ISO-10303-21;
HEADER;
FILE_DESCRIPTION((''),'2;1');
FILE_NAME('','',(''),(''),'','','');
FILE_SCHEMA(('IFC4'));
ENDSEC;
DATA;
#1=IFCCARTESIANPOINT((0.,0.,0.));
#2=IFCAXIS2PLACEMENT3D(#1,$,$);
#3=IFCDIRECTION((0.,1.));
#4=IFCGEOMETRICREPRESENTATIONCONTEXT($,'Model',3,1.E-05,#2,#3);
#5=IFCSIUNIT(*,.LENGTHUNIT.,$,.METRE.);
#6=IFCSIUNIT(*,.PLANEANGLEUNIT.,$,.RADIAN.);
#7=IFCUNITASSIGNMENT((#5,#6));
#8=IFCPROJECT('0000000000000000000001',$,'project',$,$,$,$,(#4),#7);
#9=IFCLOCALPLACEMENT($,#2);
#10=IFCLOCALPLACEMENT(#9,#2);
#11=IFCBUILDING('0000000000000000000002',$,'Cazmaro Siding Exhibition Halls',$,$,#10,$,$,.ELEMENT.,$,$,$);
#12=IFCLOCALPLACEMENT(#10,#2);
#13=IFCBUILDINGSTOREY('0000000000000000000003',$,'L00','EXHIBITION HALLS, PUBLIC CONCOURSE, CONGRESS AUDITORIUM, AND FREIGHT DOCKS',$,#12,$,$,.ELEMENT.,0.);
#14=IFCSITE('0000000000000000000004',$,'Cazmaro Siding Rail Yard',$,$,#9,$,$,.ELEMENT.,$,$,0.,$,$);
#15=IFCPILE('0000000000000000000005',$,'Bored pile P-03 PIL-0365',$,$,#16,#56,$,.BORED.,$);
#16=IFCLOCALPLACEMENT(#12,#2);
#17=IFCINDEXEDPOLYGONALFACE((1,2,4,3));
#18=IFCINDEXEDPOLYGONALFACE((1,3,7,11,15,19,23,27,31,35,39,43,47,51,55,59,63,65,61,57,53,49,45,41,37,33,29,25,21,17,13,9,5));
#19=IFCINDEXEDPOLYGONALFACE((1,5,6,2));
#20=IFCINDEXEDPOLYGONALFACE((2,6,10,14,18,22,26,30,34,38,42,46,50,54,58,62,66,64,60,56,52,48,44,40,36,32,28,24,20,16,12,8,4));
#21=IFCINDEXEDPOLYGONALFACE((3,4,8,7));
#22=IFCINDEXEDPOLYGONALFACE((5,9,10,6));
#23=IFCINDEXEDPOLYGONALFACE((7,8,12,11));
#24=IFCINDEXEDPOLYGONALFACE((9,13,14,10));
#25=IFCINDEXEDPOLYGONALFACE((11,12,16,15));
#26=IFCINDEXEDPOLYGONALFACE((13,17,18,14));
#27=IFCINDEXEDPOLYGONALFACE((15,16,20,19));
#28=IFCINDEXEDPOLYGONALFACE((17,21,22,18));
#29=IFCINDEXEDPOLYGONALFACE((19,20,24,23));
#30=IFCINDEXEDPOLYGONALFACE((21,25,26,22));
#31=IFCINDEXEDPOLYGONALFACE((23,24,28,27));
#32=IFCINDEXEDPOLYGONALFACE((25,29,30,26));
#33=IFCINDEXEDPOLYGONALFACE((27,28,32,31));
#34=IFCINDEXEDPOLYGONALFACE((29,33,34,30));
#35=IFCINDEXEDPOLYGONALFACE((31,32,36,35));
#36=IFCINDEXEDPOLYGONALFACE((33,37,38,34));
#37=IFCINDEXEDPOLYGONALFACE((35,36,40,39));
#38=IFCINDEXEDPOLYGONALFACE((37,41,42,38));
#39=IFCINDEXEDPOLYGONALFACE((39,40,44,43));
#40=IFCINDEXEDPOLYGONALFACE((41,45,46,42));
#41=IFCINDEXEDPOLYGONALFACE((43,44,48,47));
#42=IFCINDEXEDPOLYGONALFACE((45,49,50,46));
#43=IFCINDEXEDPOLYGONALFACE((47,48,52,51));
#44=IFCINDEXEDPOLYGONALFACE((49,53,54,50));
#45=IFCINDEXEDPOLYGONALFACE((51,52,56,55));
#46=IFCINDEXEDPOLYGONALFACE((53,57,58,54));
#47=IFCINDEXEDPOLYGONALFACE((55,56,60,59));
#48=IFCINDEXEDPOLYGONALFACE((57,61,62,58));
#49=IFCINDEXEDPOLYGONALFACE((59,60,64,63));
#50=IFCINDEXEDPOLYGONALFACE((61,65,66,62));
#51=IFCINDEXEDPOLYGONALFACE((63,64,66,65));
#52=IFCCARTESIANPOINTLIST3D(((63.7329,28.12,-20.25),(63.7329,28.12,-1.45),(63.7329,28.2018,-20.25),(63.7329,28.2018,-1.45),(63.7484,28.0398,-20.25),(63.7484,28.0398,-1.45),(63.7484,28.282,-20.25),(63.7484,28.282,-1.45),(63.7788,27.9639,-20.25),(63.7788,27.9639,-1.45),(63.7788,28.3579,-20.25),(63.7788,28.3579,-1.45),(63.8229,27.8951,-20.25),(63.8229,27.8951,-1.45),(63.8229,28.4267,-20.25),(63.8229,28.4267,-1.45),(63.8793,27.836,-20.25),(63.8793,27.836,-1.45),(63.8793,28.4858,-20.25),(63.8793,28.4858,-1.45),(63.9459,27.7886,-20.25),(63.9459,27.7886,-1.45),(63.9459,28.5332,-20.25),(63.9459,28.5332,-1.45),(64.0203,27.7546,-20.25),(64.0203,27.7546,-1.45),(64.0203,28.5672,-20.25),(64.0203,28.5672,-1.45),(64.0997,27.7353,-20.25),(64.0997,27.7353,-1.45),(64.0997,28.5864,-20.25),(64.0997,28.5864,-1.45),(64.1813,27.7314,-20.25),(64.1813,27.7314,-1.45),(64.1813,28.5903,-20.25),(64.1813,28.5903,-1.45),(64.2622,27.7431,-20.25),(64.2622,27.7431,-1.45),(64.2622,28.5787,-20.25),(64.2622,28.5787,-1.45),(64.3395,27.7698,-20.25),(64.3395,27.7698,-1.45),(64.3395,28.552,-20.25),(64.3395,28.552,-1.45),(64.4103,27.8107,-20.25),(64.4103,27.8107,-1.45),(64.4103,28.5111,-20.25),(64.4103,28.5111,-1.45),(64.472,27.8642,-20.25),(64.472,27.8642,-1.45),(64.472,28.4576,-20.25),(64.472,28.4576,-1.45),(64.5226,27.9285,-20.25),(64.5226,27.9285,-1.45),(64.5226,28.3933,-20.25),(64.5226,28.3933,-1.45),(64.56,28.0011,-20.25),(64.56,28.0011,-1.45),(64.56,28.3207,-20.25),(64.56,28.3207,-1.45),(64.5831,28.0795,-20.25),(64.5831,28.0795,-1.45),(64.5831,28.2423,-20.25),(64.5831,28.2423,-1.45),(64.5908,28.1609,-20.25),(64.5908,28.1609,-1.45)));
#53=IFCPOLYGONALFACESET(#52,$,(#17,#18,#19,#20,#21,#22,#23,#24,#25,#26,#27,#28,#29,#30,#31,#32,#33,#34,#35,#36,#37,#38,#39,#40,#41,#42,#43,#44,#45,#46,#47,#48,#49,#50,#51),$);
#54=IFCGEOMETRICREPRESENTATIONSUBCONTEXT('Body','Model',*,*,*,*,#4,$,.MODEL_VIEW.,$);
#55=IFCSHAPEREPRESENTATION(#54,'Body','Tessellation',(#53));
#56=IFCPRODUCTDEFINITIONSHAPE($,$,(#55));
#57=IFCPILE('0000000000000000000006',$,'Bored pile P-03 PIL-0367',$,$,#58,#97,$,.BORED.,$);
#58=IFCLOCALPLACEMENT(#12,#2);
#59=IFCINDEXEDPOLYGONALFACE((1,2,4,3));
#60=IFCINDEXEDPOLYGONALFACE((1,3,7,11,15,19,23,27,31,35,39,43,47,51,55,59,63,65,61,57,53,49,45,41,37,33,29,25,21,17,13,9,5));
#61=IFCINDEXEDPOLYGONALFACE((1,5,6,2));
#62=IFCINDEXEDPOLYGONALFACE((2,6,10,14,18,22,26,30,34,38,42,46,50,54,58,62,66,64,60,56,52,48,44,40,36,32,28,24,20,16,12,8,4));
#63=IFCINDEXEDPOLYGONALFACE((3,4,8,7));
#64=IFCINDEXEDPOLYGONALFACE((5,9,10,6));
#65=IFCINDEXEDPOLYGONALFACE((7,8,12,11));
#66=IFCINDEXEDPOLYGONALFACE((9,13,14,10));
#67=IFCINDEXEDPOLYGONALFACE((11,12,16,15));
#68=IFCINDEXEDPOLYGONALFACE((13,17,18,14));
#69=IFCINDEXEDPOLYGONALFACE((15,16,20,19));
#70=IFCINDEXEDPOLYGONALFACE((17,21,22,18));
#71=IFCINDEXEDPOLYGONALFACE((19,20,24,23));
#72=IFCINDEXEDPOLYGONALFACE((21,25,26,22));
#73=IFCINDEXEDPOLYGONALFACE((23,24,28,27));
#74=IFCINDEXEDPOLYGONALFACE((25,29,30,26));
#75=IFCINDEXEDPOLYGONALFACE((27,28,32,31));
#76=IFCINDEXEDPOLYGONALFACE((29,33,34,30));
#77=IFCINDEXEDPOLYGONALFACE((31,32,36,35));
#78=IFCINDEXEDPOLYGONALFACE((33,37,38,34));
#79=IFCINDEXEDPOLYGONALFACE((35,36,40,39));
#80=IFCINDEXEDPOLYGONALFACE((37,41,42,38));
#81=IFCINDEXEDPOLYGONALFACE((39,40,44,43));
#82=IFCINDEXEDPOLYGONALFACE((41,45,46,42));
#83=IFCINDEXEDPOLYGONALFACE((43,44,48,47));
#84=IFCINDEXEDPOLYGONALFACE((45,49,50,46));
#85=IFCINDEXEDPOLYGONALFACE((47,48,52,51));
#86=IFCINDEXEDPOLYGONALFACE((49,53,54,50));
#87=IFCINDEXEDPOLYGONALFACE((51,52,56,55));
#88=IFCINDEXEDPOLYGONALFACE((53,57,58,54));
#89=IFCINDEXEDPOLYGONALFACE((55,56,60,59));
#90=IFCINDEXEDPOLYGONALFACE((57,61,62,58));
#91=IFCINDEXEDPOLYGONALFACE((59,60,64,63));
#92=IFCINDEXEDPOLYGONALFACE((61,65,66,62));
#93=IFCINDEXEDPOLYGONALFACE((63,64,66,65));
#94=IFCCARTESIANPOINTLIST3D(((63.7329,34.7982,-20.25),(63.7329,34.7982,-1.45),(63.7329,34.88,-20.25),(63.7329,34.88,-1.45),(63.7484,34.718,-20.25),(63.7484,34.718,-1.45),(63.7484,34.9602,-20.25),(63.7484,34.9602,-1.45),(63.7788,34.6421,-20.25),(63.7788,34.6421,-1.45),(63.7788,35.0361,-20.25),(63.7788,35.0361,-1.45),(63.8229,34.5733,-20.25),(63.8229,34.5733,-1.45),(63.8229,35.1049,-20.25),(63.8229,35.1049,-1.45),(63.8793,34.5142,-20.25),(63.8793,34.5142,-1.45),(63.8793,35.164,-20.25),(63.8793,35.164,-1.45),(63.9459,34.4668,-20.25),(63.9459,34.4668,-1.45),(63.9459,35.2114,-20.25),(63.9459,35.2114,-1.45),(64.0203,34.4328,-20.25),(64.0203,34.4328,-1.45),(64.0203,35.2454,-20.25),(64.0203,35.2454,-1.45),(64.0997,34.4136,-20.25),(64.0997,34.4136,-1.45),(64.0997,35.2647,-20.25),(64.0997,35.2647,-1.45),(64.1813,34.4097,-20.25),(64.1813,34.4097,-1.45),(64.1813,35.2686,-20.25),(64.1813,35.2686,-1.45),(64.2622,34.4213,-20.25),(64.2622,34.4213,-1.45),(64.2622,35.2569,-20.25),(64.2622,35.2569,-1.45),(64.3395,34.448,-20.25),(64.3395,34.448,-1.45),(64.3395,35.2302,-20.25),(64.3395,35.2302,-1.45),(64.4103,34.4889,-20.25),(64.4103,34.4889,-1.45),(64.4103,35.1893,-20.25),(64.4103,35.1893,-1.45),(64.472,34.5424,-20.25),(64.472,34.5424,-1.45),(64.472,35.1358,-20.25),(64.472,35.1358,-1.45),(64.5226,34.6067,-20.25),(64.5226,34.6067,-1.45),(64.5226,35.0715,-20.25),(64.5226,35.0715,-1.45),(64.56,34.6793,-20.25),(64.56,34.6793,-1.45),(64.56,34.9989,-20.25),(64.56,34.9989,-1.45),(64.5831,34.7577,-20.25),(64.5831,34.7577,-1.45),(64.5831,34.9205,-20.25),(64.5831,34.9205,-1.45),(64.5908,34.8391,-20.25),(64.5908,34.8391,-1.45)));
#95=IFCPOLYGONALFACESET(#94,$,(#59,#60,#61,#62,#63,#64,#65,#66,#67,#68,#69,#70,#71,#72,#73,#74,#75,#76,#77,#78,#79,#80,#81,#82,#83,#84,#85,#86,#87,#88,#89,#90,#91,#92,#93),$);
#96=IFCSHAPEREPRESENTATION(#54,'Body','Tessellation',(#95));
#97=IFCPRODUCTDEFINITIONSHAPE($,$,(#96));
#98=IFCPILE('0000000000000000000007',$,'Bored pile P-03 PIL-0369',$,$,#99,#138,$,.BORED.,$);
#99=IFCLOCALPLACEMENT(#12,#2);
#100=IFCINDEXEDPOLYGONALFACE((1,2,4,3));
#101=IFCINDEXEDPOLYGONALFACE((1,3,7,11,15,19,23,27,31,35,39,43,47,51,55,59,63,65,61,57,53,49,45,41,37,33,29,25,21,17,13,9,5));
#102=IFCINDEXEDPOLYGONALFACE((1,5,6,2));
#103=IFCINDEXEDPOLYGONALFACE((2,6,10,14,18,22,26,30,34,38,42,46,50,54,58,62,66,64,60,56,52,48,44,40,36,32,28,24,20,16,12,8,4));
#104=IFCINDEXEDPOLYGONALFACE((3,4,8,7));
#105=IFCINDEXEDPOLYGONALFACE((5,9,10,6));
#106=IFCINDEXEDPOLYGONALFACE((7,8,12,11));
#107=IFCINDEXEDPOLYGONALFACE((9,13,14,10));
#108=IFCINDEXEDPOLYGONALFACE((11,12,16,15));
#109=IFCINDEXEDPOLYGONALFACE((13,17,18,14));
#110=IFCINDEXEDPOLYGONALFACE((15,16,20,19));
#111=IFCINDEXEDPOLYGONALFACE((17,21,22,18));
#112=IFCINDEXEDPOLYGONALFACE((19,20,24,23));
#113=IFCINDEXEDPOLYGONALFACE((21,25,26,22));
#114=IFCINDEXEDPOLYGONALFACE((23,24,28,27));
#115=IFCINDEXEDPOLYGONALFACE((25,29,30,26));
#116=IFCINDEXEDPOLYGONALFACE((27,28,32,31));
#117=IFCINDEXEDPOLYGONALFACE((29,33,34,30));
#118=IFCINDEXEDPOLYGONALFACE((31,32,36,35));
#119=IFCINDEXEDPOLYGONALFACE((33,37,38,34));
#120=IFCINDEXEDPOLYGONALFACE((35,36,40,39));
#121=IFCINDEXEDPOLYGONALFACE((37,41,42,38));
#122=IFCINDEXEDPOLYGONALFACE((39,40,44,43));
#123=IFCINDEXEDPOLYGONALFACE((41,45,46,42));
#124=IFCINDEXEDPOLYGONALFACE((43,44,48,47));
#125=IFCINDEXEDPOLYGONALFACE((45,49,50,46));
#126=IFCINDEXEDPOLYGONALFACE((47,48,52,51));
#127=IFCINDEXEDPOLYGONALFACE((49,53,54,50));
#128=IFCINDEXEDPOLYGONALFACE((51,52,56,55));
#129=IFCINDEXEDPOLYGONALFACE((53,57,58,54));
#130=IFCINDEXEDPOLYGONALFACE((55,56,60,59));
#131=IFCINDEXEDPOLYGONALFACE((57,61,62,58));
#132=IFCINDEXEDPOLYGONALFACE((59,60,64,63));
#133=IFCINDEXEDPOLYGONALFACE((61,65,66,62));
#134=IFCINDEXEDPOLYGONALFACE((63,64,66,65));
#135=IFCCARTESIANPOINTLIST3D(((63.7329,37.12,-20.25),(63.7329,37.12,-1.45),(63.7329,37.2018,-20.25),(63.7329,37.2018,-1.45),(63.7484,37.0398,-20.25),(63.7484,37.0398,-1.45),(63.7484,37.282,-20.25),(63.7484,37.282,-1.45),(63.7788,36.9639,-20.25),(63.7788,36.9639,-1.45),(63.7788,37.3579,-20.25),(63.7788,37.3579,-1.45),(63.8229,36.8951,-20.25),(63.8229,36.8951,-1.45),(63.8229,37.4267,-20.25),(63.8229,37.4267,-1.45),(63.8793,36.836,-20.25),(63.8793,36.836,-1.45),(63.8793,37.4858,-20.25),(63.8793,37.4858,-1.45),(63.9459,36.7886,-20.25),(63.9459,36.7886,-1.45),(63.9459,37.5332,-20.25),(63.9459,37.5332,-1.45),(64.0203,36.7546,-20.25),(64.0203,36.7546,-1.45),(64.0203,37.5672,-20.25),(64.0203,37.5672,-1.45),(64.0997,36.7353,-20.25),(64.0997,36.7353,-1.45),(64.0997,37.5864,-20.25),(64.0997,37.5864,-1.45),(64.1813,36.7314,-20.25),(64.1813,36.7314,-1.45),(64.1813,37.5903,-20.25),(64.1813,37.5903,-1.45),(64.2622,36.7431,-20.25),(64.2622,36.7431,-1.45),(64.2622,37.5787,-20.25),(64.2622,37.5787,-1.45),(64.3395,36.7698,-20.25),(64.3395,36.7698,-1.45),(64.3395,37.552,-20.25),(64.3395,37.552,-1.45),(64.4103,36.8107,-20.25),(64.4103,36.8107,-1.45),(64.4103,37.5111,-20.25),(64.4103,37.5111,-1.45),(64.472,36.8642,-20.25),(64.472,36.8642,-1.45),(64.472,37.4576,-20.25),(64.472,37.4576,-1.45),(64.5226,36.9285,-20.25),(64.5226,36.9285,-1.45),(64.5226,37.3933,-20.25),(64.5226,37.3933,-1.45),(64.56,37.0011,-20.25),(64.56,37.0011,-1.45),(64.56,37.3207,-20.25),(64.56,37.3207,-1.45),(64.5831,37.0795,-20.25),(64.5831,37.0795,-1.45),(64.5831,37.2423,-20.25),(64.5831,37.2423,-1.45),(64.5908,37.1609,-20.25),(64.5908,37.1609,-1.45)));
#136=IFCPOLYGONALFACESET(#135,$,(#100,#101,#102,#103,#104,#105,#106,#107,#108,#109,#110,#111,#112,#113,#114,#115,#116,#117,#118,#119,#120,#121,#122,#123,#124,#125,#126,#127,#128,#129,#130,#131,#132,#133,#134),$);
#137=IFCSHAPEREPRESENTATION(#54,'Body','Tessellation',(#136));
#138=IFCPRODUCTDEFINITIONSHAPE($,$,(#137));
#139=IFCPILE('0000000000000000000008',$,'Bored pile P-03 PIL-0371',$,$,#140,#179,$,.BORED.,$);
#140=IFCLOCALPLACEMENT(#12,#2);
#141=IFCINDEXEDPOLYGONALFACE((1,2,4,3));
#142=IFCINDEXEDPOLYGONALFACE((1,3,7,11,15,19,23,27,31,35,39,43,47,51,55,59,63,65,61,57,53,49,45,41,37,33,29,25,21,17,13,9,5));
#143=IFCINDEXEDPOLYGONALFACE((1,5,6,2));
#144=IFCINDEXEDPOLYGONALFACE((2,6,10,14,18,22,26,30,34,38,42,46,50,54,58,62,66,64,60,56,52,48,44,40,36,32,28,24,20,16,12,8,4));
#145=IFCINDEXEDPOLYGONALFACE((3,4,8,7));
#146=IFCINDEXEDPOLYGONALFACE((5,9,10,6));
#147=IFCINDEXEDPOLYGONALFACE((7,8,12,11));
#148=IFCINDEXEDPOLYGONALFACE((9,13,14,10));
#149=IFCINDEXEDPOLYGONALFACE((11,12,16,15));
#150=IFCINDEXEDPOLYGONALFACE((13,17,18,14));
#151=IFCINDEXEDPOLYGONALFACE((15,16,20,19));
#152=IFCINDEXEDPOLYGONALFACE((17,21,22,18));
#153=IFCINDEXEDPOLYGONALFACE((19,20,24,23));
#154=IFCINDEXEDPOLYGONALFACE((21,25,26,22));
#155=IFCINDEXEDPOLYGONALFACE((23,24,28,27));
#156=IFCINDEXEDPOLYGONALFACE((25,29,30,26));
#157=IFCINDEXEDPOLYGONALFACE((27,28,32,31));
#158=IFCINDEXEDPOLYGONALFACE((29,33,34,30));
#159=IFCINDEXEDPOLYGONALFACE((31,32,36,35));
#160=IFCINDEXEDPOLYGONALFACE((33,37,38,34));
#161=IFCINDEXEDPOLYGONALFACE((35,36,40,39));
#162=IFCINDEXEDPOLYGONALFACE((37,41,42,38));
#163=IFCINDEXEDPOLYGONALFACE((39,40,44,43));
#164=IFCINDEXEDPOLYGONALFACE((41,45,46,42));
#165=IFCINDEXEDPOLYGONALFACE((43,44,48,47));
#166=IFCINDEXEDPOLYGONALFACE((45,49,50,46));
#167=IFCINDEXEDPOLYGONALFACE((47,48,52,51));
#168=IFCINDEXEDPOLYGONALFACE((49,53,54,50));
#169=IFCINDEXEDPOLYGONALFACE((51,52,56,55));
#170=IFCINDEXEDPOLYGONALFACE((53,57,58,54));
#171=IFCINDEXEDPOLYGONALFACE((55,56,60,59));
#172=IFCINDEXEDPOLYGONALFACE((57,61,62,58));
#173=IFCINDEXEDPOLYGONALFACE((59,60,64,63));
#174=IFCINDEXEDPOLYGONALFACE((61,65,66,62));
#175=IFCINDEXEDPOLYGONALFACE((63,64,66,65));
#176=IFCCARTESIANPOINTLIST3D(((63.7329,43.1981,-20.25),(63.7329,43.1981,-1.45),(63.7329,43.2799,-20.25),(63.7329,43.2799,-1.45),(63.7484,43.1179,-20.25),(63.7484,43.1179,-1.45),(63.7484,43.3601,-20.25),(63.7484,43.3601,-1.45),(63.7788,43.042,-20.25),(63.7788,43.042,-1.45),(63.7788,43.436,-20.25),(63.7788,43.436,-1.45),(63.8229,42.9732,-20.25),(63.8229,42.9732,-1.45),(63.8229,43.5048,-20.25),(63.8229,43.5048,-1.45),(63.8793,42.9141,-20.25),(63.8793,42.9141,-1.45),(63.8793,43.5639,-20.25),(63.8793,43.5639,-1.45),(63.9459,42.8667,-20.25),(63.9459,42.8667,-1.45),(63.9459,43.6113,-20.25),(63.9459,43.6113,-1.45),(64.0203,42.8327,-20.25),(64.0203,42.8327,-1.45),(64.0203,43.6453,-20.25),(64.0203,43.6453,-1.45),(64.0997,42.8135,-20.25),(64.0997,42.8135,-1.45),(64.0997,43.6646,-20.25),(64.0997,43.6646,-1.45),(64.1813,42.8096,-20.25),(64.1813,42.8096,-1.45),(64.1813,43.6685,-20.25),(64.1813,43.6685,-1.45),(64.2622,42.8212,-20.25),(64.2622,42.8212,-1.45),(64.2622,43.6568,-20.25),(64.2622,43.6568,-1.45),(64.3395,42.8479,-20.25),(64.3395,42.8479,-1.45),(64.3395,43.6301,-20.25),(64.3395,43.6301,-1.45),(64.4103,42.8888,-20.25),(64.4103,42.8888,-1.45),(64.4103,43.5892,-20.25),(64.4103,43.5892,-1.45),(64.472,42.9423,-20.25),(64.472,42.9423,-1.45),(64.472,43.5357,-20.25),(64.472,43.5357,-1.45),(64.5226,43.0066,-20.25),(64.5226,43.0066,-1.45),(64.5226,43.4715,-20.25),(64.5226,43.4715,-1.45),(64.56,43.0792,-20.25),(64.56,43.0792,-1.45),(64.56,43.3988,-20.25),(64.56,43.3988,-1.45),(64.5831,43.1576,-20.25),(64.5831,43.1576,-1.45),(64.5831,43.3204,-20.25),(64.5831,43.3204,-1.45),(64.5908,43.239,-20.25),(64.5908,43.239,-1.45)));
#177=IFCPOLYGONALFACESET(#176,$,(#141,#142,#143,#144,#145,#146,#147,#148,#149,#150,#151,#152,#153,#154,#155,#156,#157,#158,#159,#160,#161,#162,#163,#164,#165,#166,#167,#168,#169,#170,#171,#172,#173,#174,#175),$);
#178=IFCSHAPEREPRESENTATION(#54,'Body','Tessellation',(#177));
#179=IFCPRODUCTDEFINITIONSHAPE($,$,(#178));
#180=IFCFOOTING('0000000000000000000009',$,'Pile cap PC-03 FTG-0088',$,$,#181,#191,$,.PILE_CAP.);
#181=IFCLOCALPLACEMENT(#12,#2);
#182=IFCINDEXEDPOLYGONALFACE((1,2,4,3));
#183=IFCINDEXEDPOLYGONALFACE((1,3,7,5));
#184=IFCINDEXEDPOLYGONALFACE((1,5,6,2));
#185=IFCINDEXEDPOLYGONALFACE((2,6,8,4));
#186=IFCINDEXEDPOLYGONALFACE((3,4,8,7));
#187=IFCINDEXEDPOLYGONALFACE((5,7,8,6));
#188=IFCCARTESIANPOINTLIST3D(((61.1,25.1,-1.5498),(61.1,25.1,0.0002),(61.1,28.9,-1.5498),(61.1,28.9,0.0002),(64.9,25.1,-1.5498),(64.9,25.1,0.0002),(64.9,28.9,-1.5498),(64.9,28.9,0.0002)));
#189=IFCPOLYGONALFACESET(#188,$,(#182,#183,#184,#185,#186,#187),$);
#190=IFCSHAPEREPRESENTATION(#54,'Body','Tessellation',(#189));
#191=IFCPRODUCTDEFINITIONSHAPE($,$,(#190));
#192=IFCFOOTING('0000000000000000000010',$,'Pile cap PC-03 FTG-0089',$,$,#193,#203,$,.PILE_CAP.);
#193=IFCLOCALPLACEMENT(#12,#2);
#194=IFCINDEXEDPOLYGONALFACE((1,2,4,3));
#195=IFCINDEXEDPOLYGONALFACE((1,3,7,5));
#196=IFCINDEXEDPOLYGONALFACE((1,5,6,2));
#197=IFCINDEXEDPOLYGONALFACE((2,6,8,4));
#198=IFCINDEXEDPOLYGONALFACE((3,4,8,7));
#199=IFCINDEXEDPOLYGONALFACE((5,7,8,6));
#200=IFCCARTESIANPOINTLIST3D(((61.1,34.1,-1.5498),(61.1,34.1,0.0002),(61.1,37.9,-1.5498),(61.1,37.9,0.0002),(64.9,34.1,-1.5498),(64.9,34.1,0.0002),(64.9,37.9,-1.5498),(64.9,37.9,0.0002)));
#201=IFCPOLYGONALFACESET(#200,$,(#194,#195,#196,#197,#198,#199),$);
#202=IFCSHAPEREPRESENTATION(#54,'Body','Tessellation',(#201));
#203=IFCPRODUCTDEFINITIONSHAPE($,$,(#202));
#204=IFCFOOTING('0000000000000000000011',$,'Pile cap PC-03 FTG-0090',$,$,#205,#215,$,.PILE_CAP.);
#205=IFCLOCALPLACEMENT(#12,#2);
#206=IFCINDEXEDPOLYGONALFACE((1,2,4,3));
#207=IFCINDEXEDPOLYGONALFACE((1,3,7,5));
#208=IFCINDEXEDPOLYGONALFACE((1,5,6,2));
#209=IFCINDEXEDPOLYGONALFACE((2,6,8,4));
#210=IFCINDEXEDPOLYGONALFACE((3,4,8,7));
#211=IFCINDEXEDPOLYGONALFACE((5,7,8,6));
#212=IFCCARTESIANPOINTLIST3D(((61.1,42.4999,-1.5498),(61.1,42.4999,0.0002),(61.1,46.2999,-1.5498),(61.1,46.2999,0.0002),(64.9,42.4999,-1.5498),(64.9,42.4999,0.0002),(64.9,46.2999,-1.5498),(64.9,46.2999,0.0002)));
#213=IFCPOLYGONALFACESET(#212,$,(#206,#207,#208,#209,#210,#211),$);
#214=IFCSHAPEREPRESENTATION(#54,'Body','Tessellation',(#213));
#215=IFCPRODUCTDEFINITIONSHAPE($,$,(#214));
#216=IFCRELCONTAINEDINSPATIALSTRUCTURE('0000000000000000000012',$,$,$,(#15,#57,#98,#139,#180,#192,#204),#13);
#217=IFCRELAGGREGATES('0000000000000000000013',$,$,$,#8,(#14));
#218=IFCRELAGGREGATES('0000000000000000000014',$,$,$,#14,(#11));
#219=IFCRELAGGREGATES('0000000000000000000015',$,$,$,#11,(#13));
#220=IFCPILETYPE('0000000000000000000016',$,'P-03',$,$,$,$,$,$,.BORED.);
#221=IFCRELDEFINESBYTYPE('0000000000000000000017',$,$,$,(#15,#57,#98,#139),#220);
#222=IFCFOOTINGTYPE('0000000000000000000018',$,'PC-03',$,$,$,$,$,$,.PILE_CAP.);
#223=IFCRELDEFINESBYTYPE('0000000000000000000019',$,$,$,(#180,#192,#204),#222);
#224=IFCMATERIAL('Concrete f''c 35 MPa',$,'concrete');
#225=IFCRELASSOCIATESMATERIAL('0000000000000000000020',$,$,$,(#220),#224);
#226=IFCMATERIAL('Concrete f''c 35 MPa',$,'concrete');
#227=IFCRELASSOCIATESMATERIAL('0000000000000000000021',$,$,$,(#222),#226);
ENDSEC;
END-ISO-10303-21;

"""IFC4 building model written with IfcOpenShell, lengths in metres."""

from ifc_helpers import new_model, si_unit, direction, frame, origin, origin_2d, place, context, subcontext, project, spatial, rectangle, circle, extrude, material, material_profile, profile_set, type_object, element, save


model = new_model("IFC4")

# Units and contexts
model_context = context("Model", 3, precision=1e-05, world=origin(), true_north=direction((0.0, 1.0)))
body_context = subcontext(model_context, "Body", "Model", "MODEL_VIEW")
ifc_project = project(units=[si_unit("LENGTHUNIT", "METRE"), si_unit("PLANEANGLEUNIT", "RADIAN")], contexts=[model_context])

# Site, building, storey
site_placement = place(None, origin())
site = spatial("IfcSite", under=ifc_project, at=site_placement, Name="Cazmaro Siding Rail Yard", CompositionType="ELEMENT", RefElevation=0.0)
building_placement = place(site_placement, origin())
building = spatial("IfcBuilding", under=site, at=building_placement, Name="Cazmaro Siding Exhibition Halls", CompositionType="ELEMENT")
storey_placement = place(building_placement, origin())
storey = spatial("IfcBuildingStorey", under=building, at=storey_placement, Name="L00", Description="EXHIBITION HALLS, PUBLIC CONCOURSE, CONGRESS AUDITORIUM, AND FREIGHT DOCKS", CompositionType="ELEMENT", Elevation=0.0)

# Piles
ifc_material_1 = material(Name="Concrete f'c 35 MPa", Category="concrete")
ifc_material_profile_1 = material_profile(ifc_material_1, circle(Radius=0.4299, at=origin_2d()), Name="CIDH-860")
ifc_profile_set_1 = profile_set([ifc_material_profile_1], Name="Concrete f'c 35 MPa")
pile_type = type_object("IfcPileType", Name="P-03", PredefinedType="BORED", material=ifc_profile_set_1)
for number, where, z_axis, x_axis, name in (
    (1, (64.1609, 28.1609, -1.45), (0.0, 0.0, -1.0), (1.0, 0.0, 0.0), "Bored pile P-03 PIL-0365"),
    (2, (64.1609, 34.8391, -1.45), (0.0, 0.0, -1.0), (1.0, 0.0, 0.0), "Bored pile P-03 PIL-0367"),
    (3, (64.1609, 37.1609, -1.45), (0.0, 0.0, -1.0), (1.0, 0.0, 0.0), "Bored pile P-03 PIL-0369"),
    (4, (64.1609, 43.239, -1.45), (0.0, 0.0, -1.0), (1.0, 0.0, 0.0), "Bored pile P-03 PIL-0371"),
):
    element("IfcPile", number, at=place(storey_placement, frame(where, z_axis=z_axis, x_axis=x_axis)), inside=storey, type_object=pile_type, Name=name, PredefinedType="BORED", context=body_context, shape_type="SweptSolid", body=[
        extrude(circle(Radius=0.4299, at=origin_2d()), origin(), (0.0, 0.0, 1.0), 18.8),
    ])

# Footings
ifc_material_2 = material(Name="Concrete f'c 35 MPa", Category="concrete")
footing_type_1 = type_object("IfcFootingType", Name="PC-03", PredefinedType="PILE_CAP", material=ifc_material_2)
for number, where, z_axis, x_axis, name in (
    (5, (63.0, 27.0, -1.5498), (0.0, 0.0, 1.0), (1.0, 0.0, 0.0), "Pile cap PC-03 FTG-0088"),
    (6, (63.0, 36.0, -1.5498), (0.0, 0.0, 1.0), (1.0, 0.0, 0.0), "Pile cap PC-03 FTG-0089"),
    (7, (63.0, 44.3999, -1.5498), (0.0, 0.0, 1.0), (1.0, 0.0, 0.0), "Pile cap PC-03 FTG-0090"),
):
    element("IfcFooting", number, at=place(storey_placement, frame(where, z_axis=z_axis, x_axis=x_axis)), inside=storey, type_object=footing_type_1, Name=name, PredefinedType="PILE_CAP", context=body_context, shape_type="SweptSolid", body=[
        extrude(rectangle(XDim=3.8, YDim=3.8, at=origin_2d()), origin(), (0.0, 0.0, 1.0), 1.55),
    ])

save(model, "model.ifc")
